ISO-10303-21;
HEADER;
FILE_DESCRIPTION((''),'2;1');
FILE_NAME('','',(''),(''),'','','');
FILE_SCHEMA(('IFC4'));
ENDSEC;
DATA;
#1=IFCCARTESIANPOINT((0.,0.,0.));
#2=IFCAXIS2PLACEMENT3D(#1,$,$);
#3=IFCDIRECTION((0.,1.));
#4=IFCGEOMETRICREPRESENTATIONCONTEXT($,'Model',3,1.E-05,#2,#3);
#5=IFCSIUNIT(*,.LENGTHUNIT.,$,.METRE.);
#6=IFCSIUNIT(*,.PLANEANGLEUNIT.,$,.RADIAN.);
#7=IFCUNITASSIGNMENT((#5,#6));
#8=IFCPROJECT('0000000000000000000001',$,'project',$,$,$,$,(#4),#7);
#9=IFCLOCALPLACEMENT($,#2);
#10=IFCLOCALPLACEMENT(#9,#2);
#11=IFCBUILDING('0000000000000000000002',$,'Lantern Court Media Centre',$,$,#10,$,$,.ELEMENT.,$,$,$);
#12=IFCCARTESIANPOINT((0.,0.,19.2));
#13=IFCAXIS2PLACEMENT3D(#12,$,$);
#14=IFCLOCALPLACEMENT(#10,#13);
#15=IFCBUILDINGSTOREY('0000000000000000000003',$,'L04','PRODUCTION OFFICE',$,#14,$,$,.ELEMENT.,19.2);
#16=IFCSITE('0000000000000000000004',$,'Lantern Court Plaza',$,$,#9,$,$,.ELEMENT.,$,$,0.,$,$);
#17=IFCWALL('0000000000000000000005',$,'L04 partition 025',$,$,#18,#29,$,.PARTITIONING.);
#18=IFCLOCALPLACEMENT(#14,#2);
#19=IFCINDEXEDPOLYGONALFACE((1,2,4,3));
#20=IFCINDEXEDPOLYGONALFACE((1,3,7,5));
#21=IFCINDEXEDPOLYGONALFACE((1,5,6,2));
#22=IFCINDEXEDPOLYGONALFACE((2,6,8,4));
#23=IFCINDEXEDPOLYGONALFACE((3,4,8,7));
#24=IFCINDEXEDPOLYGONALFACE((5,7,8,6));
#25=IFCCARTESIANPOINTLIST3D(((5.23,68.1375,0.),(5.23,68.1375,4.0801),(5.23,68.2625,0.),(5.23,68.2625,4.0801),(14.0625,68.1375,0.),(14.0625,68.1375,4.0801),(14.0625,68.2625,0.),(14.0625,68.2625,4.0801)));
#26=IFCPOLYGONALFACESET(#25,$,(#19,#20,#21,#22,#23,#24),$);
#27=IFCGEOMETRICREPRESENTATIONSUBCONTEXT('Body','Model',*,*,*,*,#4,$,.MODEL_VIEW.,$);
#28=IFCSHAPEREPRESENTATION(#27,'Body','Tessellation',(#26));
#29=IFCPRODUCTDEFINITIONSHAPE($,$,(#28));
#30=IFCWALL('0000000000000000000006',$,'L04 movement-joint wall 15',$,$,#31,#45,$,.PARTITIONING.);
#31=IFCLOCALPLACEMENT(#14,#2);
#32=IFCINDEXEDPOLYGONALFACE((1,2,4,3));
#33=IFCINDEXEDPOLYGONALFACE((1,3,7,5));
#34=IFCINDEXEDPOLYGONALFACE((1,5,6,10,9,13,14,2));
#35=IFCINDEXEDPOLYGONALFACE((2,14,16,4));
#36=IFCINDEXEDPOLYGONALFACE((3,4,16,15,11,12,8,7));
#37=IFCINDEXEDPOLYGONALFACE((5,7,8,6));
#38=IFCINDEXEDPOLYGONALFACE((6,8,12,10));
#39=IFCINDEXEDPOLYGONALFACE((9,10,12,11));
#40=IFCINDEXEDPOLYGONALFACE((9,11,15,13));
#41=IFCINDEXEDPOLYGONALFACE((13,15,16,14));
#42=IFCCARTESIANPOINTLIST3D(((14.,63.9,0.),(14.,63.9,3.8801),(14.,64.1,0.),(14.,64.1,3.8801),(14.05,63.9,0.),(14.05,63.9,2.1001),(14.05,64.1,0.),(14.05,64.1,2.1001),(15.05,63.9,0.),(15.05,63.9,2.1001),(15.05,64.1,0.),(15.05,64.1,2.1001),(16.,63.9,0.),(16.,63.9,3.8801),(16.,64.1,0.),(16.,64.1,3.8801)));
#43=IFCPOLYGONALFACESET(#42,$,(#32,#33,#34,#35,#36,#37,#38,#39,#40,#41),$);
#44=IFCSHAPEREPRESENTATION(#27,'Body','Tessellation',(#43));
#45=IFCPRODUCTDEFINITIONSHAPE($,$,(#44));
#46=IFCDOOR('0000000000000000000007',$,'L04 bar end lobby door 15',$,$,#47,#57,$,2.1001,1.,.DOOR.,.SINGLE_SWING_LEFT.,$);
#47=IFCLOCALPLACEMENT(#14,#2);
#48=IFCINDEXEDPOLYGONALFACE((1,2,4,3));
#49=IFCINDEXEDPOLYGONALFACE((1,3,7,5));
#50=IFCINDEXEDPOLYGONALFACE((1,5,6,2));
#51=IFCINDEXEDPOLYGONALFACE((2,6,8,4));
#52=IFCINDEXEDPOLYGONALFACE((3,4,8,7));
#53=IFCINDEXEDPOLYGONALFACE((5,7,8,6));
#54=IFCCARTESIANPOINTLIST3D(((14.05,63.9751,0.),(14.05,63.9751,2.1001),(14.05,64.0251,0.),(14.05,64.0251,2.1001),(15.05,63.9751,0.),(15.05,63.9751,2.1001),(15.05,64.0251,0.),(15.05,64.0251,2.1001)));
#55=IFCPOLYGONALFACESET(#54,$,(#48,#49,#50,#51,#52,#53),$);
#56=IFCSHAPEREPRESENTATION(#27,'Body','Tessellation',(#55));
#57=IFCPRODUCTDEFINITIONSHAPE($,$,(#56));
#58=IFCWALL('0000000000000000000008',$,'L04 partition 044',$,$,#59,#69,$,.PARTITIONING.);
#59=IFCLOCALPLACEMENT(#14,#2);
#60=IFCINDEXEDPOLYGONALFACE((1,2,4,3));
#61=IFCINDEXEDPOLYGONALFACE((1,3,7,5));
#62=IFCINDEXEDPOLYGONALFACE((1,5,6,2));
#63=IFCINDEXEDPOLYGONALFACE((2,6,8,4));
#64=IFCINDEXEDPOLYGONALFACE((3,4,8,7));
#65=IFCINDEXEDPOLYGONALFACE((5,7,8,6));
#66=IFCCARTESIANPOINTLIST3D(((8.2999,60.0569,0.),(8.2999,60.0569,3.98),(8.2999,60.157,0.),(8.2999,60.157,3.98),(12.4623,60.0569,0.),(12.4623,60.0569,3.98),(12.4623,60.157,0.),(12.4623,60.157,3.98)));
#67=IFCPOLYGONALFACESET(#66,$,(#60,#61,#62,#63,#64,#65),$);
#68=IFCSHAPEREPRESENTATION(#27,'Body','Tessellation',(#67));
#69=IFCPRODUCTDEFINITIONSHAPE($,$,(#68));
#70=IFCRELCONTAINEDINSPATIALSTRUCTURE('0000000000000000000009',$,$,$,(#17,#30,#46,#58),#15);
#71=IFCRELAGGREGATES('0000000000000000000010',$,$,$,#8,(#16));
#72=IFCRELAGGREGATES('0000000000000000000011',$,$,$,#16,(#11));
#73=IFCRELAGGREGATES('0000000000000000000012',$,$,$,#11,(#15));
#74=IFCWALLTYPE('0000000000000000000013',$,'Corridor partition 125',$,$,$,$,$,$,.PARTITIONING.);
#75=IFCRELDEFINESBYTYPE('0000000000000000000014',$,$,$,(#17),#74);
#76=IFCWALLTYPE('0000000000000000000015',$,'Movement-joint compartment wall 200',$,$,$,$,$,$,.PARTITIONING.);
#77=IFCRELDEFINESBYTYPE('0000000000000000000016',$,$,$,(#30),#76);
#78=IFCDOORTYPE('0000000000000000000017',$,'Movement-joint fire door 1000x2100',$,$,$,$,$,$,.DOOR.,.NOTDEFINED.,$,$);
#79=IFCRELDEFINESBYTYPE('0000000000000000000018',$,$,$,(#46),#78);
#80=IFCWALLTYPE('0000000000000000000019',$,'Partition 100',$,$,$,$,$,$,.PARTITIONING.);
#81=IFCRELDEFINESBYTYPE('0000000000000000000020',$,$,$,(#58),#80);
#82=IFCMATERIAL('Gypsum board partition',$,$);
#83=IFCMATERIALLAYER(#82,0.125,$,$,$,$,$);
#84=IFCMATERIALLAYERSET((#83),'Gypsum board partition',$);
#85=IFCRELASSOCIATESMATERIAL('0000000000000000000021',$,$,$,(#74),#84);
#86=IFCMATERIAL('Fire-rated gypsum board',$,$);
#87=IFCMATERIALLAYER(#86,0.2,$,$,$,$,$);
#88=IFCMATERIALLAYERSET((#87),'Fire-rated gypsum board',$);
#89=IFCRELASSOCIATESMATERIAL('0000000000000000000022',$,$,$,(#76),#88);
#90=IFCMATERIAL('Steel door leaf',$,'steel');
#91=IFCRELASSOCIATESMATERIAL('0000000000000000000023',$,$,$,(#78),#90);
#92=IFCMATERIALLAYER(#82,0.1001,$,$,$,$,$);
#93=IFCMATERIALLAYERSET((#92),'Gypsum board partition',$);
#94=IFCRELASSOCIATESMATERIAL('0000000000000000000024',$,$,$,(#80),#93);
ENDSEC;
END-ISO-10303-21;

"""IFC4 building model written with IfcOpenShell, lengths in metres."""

from ifc_helpers import new_model, si_unit, direction, frame, frame_2d, origin, place, context, subcontext, project, spatial, rectangle, extrude, material, layer, layer_set, type_object, element, fill, save


model = new_model("IFC4")

# Units and contexts
model_context = context("Model", 3, precision=1e-05, world=origin(), true_north=direction((0.0, 1.0)))
body_context = subcontext(model_context, "Body", "Model", "MODEL_VIEW")
ifc_project = project(units=[si_unit("LENGTHUNIT", "METRE"), si_unit("PLANEANGLEUNIT", "RADIAN")], contexts=[model_context])

# Site, building, storey
site_placement = place(None, origin())
site = spatial("IfcSite", under=ifc_project, at=site_placement, Name="Lantern Court Plaza", CompositionType="ELEMENT", RefElevation=0.0)
building_placement = place(site_placement, origin())
building = spatial("IfcBuilding", under=site, at=building_placement, Name="Lantern Court Media Centre", CompositionType="ELEMENT")
storey_placement = place(building_placement, frame((0.0, 0.0, 19.2)))
storey = spatial("IfcBuildingStorey", under=building, at=storey_placement, Name="L04", Description="PRODUCTION OFFICE", CompositionType="ELEMENT", Elevation=19.2)

# Wall
ifc_material_1 = material(Name="Gypsum board partition")
ifc_layer_1 = layer(ifc_material_1, 0.125)
ifc_layer_set_1 = layer_set([ifc_layer_1], Name="Gypsum board partition")
wall_type_1 = type_object("IfcWallType", Name="Corridor partition 125", PredefinedType="PARTITIONING", material=ifc_layer_set_1)
wall_1_placement = place(storey_placement, frame((5.23, 68.2, 0.0), z_axis=(0.0, 0.0, 1.0), x_axis=(1.0, 0.0, 0.0)))
element("IfcWall", 1, at=wall_1_placement, inside=storey, type_object=wall_type_1, Name="L04 partition 025", PredefinedType="PARTITIONING", context=body_context, shape_type="SweptSolid", body=[
    extrude(rectangle(XDim=8.8325, YDim=0.125, at=frame_2d((4.4163, 0.0))), origin(), (0.0, 0.0, 1.0), 4.0801),
])

# Wall, opening, door
ifc_material_2 = material(Name="Fire-rated gypsum board")
ifc_layer_2 = layer(ifc_material_2, 0.2)
ifc_layer_set_2 = layer_set([ifc_layer_2], Name="Fire-rated gypsum board")
wall_type_2 = type_object("IfcWallType", Name="Movement-joint compartment wall 200", PredefinedType="PARTITIONING", material=ifc_layer_set_2)
wall_2_placement = place(storey_placement, frame((14.0, 64.0, 0.0), z_axis=(0.0, 0.0, 1.0), x_axis=(1.0, 0.0, 0.0)))
wall_2 = element("IfcWall", 2, at=wall_2_placement, inside=storey, type_object=wall_type_2, Name="L04 movement-joint wall 15", PredefinedType="PARTITIONING", context=body_context, shape_type="SweptSolid", body=[
    extrude(rectangle(XDim=2.0, YDim=0.2, at=frame_2d((1.0, 0.0))), origin(), (0.0, 0.0, 1.0), 3.8801),
])
opening_placement = place(wall_2_placement, frame((0.05, 0.0, 0.0)))
opening = element("IfcOpeningElement", 3, at=opening_placement, cuts=wall_2, PredefinedType="OPENING", context=body_context, shape_type="SweptSolid", body=[
    extrude(rectangle(XDim=1.0, YDim=2.1001, at=frame_2d((0.5, 1.05))), frame((0.0, 0.1099, 0.0), z_axis=(0.0, -1.0, 0.0), x_axis=(1.0, 0.0, 0.0)), (0.0, 0.0, 1.0), 0.22),
])
ifc_material_3 = material(Name="Steel door leaf", Category="steel")
door_type = type_object("IfcDoorType", Name="Movement-joint fire door 1000x2100", OperationType="NOTDEFINED", PredefinedType="DOOR", material=ifc_material_3)
door_placement = place(opening_placement, frame((1.0, 0.0, 0.0), z_axis=(0.0, 0.0, 1.0), x_axis=(-1.0, 0.0, 0.0)))
door = element("IfcDoor", 4, at=door_placement, inside=storey, type_object=door_type, Name="L04 bar end lobby door 15", OperationType="SINGLE_SWING_LEFT", OverallHeight=2.1001, OverallWidth=1.0, PredefinedType="DOOR", context=body_context, shape_type="SweptSolid", body=[
    extrude(rectangle(XDim=1.0, YDim=2.1001, at=frame_2d((0.5, 1.05))), frame((0.0, 0.0249, 0.0), z_axis=(0.0, -1.0, 0.0), x_axis=(1.0, 0.0, 0.0)), (0.0, 0.0, 1.0), 0.05),
])
fill(opening, door)

# Wall
ifc_layer_3 = layer(ifc_material_1, 0.1001)
ifc_layer_set_3 = layer_set([ifc_layer_3], Name="Gypsum board partition")
wall_type_3 = type_object("IfcWallType", Name="Partition 100", PredefinedType="PARTITIONING", material=ifc_layer_set_3)
wall_3_placement = place(storey_placement, frame((8.3, 60.1069, 0.0), z_axis=(0.0, 0.0, 1.0), x_axis=(1.0, 0.0, 0.0)))
element("IfcWall", 5, at=wall_3_placement, inside=storey, type_object=wall_type_3, Name="L04 partition 044", PredefinedType="PARTITIONING", context=body_context, shape_type="SweptSolid", body=[
    extrude(rectangle(XDim=4.1624, YDim=0.1001, at=frame_2d((2.0811, 0.0))), origin(), (0.0, 0.0, 1.0), 3.98),
])

save(model, "model.ifc")
